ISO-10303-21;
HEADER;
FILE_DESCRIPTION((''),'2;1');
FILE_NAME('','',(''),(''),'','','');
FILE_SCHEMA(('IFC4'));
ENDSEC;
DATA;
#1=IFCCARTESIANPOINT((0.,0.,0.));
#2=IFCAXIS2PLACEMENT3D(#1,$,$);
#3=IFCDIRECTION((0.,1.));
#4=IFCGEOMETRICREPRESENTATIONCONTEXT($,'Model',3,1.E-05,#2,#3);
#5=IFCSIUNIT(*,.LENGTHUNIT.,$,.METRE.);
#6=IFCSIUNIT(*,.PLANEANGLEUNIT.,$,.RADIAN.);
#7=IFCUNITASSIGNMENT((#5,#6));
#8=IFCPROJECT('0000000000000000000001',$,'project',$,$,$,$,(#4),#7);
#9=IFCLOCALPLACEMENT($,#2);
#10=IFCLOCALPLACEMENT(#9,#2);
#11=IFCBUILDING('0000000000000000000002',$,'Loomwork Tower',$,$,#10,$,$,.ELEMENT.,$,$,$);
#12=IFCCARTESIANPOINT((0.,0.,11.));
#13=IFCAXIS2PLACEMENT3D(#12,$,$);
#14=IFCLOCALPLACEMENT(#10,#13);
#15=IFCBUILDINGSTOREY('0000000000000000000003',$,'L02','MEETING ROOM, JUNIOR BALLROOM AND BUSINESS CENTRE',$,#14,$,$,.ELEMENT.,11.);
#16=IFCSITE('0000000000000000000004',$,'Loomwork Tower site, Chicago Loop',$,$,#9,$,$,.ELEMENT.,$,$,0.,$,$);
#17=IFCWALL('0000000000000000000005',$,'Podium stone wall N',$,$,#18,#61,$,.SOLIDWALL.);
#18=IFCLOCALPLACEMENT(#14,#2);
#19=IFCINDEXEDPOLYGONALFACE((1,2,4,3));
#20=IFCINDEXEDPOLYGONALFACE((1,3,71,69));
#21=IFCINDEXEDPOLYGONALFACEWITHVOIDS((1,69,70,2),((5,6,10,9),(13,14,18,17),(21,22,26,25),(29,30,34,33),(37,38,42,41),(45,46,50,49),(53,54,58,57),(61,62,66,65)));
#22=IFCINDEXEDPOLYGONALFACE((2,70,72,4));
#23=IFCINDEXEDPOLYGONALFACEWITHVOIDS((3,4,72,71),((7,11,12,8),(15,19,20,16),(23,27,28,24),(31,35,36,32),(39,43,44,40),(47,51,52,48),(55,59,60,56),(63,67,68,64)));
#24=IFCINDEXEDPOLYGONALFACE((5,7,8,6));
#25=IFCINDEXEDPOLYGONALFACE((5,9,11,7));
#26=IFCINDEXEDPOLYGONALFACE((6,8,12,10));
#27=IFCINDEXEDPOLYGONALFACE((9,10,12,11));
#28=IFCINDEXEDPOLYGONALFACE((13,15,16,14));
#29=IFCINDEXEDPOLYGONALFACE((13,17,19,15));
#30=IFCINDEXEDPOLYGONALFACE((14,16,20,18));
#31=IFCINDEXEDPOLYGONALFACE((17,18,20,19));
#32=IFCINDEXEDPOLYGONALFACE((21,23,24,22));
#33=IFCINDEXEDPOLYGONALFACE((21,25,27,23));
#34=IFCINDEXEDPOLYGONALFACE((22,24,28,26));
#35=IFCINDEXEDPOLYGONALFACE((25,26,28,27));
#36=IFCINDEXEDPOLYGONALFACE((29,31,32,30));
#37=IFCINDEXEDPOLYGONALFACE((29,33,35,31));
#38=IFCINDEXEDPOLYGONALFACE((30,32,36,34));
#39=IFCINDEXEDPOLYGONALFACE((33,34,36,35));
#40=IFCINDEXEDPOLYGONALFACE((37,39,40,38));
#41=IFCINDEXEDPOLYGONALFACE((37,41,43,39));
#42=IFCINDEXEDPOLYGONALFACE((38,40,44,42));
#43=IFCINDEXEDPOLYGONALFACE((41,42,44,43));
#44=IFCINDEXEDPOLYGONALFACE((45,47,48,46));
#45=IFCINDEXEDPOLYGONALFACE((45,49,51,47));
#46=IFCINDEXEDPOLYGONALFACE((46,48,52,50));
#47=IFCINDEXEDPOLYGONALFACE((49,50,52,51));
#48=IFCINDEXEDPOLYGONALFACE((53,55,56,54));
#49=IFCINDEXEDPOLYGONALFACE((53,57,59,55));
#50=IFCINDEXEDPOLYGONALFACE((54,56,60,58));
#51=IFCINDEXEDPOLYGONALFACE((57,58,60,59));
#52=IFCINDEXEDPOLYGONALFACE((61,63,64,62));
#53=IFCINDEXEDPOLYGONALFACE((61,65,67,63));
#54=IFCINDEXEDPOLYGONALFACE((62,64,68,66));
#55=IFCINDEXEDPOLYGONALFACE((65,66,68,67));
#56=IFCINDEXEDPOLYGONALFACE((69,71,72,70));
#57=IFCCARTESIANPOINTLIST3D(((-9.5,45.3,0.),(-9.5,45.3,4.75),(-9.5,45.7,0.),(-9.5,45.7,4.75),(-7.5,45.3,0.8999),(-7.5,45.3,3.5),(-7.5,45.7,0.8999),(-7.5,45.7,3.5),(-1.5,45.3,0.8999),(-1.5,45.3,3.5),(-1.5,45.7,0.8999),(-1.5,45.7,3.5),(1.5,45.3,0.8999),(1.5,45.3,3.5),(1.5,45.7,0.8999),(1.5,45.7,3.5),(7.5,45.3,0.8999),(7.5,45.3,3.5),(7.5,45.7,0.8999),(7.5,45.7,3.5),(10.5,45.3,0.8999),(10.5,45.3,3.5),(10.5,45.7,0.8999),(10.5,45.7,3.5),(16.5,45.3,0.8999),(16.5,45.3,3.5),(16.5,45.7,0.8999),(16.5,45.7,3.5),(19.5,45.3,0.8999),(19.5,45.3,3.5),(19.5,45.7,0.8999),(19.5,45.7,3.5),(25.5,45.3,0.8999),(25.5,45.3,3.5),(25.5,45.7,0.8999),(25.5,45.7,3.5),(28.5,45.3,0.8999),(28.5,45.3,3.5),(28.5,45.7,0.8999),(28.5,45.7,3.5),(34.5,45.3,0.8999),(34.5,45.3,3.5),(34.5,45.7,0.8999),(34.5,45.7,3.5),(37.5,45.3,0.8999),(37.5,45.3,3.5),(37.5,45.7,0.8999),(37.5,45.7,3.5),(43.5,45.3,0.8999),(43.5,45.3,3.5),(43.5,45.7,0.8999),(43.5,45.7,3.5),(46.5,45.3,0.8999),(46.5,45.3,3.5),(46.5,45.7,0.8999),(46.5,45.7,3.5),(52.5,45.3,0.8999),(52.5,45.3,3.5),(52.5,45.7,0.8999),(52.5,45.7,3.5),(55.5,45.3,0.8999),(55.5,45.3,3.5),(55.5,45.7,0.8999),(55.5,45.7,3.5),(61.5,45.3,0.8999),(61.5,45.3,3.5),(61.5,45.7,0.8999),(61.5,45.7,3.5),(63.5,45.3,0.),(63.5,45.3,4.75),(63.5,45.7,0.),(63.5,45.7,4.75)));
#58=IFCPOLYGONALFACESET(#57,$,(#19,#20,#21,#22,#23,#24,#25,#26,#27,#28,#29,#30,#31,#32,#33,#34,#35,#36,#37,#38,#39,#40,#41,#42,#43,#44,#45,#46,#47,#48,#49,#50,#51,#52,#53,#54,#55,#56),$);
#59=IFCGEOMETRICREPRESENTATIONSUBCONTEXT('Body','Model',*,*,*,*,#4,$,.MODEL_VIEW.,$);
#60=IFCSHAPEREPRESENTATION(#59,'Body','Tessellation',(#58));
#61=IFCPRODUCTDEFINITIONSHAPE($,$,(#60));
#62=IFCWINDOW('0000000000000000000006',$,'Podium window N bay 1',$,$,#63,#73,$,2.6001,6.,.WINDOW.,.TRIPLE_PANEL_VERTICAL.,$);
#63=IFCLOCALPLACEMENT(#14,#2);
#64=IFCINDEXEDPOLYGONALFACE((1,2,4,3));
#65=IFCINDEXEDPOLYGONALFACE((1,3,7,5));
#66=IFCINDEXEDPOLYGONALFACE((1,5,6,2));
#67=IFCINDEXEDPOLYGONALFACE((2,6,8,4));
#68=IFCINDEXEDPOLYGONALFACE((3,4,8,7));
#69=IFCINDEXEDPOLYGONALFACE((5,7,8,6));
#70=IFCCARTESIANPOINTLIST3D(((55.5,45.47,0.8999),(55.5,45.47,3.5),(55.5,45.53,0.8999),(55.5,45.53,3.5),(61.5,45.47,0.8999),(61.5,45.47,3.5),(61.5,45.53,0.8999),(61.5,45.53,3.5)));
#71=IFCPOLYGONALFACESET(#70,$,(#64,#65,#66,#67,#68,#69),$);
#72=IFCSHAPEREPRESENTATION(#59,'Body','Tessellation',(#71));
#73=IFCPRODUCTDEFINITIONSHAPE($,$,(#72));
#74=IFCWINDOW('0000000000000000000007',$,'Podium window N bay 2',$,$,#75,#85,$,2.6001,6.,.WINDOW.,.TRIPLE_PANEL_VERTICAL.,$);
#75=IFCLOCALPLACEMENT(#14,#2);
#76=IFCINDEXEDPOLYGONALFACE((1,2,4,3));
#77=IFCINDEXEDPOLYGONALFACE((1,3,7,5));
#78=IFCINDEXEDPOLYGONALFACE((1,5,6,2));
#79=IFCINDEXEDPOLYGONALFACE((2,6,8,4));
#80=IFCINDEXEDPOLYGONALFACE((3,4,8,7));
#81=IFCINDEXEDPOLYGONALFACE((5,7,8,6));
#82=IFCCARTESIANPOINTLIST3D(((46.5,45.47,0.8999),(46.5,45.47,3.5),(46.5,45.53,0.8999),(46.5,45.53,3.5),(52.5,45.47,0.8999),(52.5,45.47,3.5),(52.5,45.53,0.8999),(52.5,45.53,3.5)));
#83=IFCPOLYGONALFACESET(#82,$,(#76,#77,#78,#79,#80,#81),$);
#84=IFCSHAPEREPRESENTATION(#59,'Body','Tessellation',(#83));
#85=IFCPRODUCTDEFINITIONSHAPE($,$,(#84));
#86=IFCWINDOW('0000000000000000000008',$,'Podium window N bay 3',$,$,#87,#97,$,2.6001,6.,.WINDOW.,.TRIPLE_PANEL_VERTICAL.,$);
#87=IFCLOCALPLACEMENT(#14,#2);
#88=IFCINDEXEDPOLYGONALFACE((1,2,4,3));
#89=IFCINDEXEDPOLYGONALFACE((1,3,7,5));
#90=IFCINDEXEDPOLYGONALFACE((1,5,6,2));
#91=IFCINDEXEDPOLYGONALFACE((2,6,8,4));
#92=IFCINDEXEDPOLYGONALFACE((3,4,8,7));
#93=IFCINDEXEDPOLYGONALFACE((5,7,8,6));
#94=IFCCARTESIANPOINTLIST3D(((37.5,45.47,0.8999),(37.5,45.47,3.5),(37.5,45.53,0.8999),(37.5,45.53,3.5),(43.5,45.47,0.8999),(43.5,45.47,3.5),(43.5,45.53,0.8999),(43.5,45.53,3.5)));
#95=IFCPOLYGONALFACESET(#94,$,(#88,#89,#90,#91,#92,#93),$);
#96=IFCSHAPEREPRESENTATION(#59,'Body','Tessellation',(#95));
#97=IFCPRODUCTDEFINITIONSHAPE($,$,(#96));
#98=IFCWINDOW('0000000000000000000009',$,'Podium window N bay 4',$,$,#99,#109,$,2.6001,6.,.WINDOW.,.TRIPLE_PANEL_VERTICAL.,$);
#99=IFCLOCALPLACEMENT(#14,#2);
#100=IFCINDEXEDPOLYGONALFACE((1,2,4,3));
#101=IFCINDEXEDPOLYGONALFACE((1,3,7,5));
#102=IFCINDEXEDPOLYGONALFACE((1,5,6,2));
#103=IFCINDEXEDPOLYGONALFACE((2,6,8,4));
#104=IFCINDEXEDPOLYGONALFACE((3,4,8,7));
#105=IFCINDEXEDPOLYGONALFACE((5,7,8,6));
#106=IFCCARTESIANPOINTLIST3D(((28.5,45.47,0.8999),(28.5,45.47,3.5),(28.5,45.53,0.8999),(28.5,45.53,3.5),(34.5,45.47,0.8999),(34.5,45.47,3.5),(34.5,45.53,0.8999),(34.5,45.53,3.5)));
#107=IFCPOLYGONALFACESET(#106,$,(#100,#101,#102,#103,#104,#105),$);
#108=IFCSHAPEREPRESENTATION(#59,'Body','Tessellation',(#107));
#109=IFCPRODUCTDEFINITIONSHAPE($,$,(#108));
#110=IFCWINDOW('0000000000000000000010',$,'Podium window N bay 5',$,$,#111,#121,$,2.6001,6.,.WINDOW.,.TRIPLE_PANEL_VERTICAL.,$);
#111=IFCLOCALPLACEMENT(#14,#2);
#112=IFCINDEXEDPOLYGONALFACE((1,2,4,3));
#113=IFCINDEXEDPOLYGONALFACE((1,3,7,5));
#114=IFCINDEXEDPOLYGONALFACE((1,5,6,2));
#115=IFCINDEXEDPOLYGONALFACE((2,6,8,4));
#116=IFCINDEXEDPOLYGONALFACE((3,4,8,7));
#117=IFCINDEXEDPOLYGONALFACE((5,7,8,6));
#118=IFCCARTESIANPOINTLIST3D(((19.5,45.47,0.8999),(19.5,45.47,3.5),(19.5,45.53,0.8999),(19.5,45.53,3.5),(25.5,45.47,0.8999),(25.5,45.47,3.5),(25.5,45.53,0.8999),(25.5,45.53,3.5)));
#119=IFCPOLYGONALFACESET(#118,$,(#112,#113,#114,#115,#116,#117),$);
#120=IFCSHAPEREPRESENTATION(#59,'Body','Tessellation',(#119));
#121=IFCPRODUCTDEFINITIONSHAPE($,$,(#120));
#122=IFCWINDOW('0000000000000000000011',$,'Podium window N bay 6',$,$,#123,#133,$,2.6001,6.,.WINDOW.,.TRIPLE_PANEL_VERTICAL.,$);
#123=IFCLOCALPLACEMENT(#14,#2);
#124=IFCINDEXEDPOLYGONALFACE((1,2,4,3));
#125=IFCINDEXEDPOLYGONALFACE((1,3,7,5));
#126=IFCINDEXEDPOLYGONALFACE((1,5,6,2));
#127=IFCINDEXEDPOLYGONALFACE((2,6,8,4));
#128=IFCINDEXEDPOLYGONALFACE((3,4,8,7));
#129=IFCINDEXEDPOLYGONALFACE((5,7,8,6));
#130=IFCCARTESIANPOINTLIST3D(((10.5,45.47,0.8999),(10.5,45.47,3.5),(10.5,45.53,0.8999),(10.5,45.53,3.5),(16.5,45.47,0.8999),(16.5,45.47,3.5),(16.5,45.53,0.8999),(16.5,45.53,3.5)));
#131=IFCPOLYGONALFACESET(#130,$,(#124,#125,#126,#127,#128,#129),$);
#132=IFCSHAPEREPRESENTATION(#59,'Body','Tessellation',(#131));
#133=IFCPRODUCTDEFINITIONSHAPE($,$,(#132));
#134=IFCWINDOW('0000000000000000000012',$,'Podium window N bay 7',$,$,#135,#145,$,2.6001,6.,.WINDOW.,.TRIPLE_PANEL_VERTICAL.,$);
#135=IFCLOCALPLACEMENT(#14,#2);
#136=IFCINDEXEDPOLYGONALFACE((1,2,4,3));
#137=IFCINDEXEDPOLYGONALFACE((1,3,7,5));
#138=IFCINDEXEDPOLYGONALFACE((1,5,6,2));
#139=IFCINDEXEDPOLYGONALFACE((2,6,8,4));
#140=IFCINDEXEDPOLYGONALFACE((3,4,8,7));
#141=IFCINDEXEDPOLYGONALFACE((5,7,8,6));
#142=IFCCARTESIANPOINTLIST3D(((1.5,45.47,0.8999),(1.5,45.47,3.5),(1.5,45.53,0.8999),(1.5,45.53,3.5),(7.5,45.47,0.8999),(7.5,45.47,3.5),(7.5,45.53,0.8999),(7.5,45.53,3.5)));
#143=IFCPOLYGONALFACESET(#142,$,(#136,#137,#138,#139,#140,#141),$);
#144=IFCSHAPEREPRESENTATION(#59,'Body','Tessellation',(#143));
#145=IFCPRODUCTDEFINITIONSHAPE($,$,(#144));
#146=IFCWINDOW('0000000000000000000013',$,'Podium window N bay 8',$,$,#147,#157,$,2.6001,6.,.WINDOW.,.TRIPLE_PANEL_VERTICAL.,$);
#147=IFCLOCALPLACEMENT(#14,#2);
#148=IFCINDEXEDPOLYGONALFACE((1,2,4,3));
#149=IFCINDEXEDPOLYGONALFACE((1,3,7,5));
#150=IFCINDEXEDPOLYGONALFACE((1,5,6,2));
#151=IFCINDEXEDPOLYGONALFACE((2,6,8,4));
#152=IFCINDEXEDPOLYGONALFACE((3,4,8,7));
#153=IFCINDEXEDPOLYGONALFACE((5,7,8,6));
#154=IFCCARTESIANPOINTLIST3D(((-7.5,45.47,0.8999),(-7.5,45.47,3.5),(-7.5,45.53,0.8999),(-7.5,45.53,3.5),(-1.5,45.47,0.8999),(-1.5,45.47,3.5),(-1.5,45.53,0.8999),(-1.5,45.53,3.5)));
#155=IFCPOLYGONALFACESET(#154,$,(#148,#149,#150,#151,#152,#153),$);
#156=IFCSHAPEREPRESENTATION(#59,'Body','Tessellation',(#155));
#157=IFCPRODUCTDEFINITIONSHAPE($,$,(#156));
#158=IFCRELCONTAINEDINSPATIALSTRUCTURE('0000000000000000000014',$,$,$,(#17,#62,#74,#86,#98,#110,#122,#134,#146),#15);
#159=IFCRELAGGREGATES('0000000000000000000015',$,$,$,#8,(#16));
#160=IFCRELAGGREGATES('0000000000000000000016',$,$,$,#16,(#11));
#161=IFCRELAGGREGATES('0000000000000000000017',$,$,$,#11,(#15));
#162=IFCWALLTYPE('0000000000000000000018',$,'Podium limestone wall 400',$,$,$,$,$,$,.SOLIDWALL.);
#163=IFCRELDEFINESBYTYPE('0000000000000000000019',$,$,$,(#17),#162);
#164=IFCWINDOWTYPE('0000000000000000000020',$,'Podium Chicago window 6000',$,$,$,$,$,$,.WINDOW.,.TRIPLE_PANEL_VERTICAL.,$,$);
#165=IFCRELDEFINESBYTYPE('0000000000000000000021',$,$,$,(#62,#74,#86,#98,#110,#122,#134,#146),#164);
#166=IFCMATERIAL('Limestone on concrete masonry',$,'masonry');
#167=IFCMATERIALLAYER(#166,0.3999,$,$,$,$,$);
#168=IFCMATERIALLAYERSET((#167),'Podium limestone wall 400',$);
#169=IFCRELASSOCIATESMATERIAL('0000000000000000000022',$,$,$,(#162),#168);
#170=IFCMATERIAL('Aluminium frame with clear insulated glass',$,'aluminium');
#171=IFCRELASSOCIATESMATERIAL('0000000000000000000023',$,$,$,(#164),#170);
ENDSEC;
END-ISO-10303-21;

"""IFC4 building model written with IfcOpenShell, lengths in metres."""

from ifc_helpers import new_model, si_unit, direction, frame, frame_2d, origin, place, context, subcontext, project, spatial, rectangle, extrude, material, layer, layer_set, type_object, element, fill, save


model = new_model("IFC4")

# Units and contexts
model_context = context("Model", 3, precision=1e-05, world=origin(), true_north=direction((0.0, 1.0)))
body_context = subcontext(model_context, "Body", "Model", "MODEL_VIEW")
ifc_project = project(units=[si_unit("LENGTHUNIT", "METRE"), si_unit("PLANEANGLEUNIT", "RADIAN")], contexts=[model_context])

# Site, building, storey
site_placement = place(None, origin())
site = spatial("IfcSite", under=ifc_project, at=site_placement, Name="Loomwork Tower site, Chicago Loop", CompositionType="ELEMENT", RefElevation=0.0)
building_placement = place(site_placement, origin())
building = spatial("IfcBuilding", under=site, at=building_placement, Name="Loomwork Tower", CompositionType="ELEMENT")
storey_placement = place(building_placement, frame((0.0, 0.0, 11.0)))
storey = spatial("IfcBuildingStorey", under=building, at=storey_placement, Name="L02", Description="MEETING ROOM, JUNIOR BALLROOM AND BUSINESS CENTRE", CompositionType="ELEMENT", Elevation=11.0)

# Wall, openings, windows
ifc_material_1 = material(Name="Limestone on concrete masonry", Category="masonry")
ifc_layer_1 = layer(ifc_material_1, 0.3999)
ifc_layer_set_1 = layer_set([ifc_layer_1], Name="Podium limestone wall 400")
wall_type_1 = type_object("IfcWallType", Name="Podium limestone wall 400", PredefinedType="SOLIDWALL", material=ifc_layer_set_1)
wall_1_placement = place(storey_placement, frame((63.5, 45.5, 0.0), z_axis=(0.0, 0.0, 1.0), x_axis=(-1.0, 0.0, 0.0)))
wall_1 = element("IfcWall", 1, at=wall_1_placement, inside=storey, type_object=wall_type_1, Name="Podium stone wall N", PredefinedType="SOLIDWALL", context=body_context, shape_type="SweptSolid", body=[
    extrude(rectangle(XDim=73.0, YDim=0.3999, at=frame_2d((36.5, 0.0))), origin(), (0.0, 0.0, 1.0), 4.75),
])
opening_1_placement = place(wall_1_placement, frame((2.0, 0.0, 0.8999)))
opening_1 = element("IfcOpeningElement", 2, at=opening_1_placement, cuts=wall_1, PredefinedType="OPENING", context=body_context, shape_type="SweptSolid", body=[
    extrude(rectangle(XDim=6.0, YDim=2.6001, at=frame_2d((3.0, 1.3))), frame((0.0, 0.21, 0.0), z_axis=(0.0, -1.0, 0.0), x_axis=(1.0, 0.0, 0.0)), (0.0, 0.0, 1.0), 0.4199),
])
opening_2_placement = place(wall_1_placement, frame((11.0, 0.0, 0.8999)))
opening_2 = element("IfcOpeningElement", 3, at=opening_2_placement, cuts=wall_1, PredefinedType="OPENING", context=body_context, shape_type="SweptSolid", body=[
    extrude(rectangle(XDim=6.0, YDim=2.6001, at=frame_2d((3.0, 1.3))), frame((0.0, 0.21, 0.0), z_axis=(0.0, -1.0, 0.0), x_axis=(1.0, 0.0, 0.0)), (0.0, 0.0, 1.0), 0.4199),
])
opening_3_placement = place(wall_1_placement, frame((20.0, 0.0, 0.8999)))
opening_3 = element("IfcOpeningElement", 4, at=opening_3_placement, cuts=wall_1, PredefinedType="OPENING", context=body_context, shape_type="SweptSolid", body=[
    extrude(rectangle(XDim=6.0, YDim=2.6001, at=frame_2d((3.0, 1.3))), frame((0.0, 0.21, 0.0), z_axis=(0.0, -1.0, 0.0), x_axis=(1.0, 0.0, 0.0)), (0.0, 0.0, 1.0), 0.4199),
])
opening_4_placement = place(wall_1_placement, frame((29.0, 0.0, 0.8999)))
opening_4 = element("IfcOpeningElement", 5, at=opening_4_placement, cuts=wall_1, PredefinedType="OPENING", context=body_context, shape_type="SweptSolid", body=[
    extrude(rectangle(XDim=6.0, YDim=2.6001, at=frame_2d((3.0, 1.3))), frame((0.0, 0.21, 0.0), z_axis=(0.0, -1.0, 0.0), x_axis=(1.0, 0.0, 0.0)), (0.0, 0.0, 1.0), 0.4199),
])
opening_5_placement = place(wall_1_placement, frame((38.0, 0.0, 0.8999)))
opening_5 = element("IfcOpeningElement", 6, at=opening_5_placement, cuts=wall_1, PredefinedType="OPENING", context=body_context, shape_type="SweptSolid", body=[
    extrude(rectangle(XDim=6.0, YDim=2.6001, at=frame_2d((3.0, 1.3))), frame((0.0, 0.21, 0.0), z_axis=(0.0, -1.0, 0.0), x_axis=(1.0, 0.0, 0.0)), (0.0, 0.0, 1.0), 0.4199),
])
opening_6_placement = place(wall_1_placement, frame((47.0, 0.0, 0.8999)))
opening_6 = element("IfcOpeningElement", 7, at=opening_6_placement, cuts=wall_1, PredefinedType="OPENING", context=body_context, shape_type="SweptSolid", body=[
    extrude(rectangle(XDim=6.0, YDim=2.6001, at=frame_2d((3.0, 1.3))), frame((0.0, 0.21, 0.0), z_axis=(0.0, -1.0, 0.0), x_axis=(1.0, 0.0, 0.0)), (0.0, 0.0, 1.0), 0.4199),
])
opening_7_placement = place(wall_1_placement, frame((56.0, 0.0, 0.8999)))
opening_7 = element("IfcOpeningElement", 8, at=opening_7_placement, cuts=wall_1, PredefinedType="OPENING", context=body_context, shape_type="SweptSolid", body=[
    extrude(rectangle(XDim=6.0, YDim=2.6001, at=frame_2d((3.0, 1.3))), frame((0.0, 0.21, 0.0), z_axis=(0.0, -1.0, 0.0), x_axis=(1.0, 0.0, 0.0)), (0.0, 0.0, 1.0), 0.4199),
])
opening_8_placement = place(wall_1_placement, frame((65.0, 0.0, 0.8999)))
opening_8 = element("IfcOpeningElement", 9, at=opening_8_placement, cuts=wall_1, PredefinedType="OPENING", context=body_context, shape_type="SweptSolid", body=[
    extrude(rectangle(XDim=6.0, YDim=2.6001, at=frame_2d((3.0, 1.3))), frame((0.0, 0.21, 0.0), z_axis=(0.0, -1.0, 0.0), x_axis=(1.0, 0.0, 0.0)), (0.0, 0.0, 1.0), 0.4199),
])
ifc_material_2 = material(Name="Aluminium frame with clear insulated glass", Category="aluminium")
window_type = type_object("IfcWindowType", Name="Podium Chicago window 6000", PartitioningType="TRIPLE_PANEL_VERTICAL", PredefinedType="WINDOW", material=ifc_material_2)
window_1_placement = place(opening_1_placement, origin())
window_1 = element("IfcWindow", 10, at=window_1_placement, inside=storey, type_object=window_type, Name="Podium window N bay 1", OverallHeight=2.6001, OverallWidth=6.0, PartitioningType="TRIPLE_PANEL_VERTICAL", PredefinedType="WINDOW", context=body_context, shape_type="SweptSolid", body=[
    extrude(rectangle(XDim=6.0, YDim=2.6001, at=frame_2d((3.0, 1.3))), frame((0.0, 0.03, 0.0), z_axis=(0.0, -1.0, 0.0), x_axis=(1.0, 0.0, 0.0)), (0.0, 0.0, 1.0), 0.0601),
])
fill(opening_1, window_1)
window_2_placement = place(opening_2_placement, origin())
window_2 = element("IfcWindow", 11, at=window_2_placement, inside=storey, type_object=window_type, Name="Podium window N bay 2", OverallHeight=2.6001, OverallWidth=6.0, PartitioningType="TRIPLE_PANEL_VERTICAL", PredefinedType="WINDOW", context=body_context, shape_type="SweptSolid", body=[
    extrude(rectangle(XDim=6.0, YDim=2.6001, at=frame_2d((3.0, 1.3))), frame((0.0, 0.03, 0.0), z_axis=(0.0, -1.0, 0.0), x_axis=(1.0, 0.0, 0.0)), (0.0, 0.0, 1.0), 0.0601),
])
fill(opening_2, window_2)
window_3_placement = place(opening_3_placement, origin())
window_3 = element("IfcWindow", 12, at=window_3_placement, inside=storey, type_object=window_type, Name="Podium window N bay 3", OverallHeight=2.6001, OverallWidth=6.0, PartitioningType="TRIPLE_PANEL_VERTICAL", PredefinedType="WINDOW", context=body_context, shape_type="SweptSolid", body=[
    extrude(rectangle(XDim=6.0, YDim=2.6001, at=frame_2d((3.0, 1.3))), frame((0.0, 0.03, 0.0), z_axis=(0.0, -1.0, 0.0), x_axis=(1.0, 0.0, 0.0)), (0.0, 0.0, 1.0), 0.0601),
])
fill(opening_3, window_3)
window_4_placement = place(opening_4_placement, origin())
window_4 = element("IfcWindow", 13, at=window_4_placement, inside=storey, type_object=window_type, Name="Podium window N bay 4", OverallHeight=2.6001, OverallWidth=6.0, PartitioningType="TRIPLE_PANEL_VERTICAL", PredefinedType="WINDOW", context=body_context, shape_type="SweptSolid", body=[
    extrude(rectangle(XDim=6.0, YDim=2.6001, at=frame_2d((3.0, 1.3))), frame((0.0, 0.03, 0.0), z_axis=(0.0, -1.0, 0.0), x_axis=(1.0, 0.0, 0.0)), (0.0, 0.0, 1.0), 0.0601),
])
fill(opening_4, window_4)
window_5_placement = place(opening_5_placement, origin())
window_5 = element("IfcWindow", 14, at=window_5_placement, inside=storey, type_object=window_type, Name="Podium window N bay 5", OverallHeight=2.6001, OverallWidth=6.0, PartitioningType="TRIPLE_PANEL_VERTICAL", PredefinedType="WINDOW", context=body_context, shape_type="SweptSolid", body=[
    extrude(rectangle(XDim=6.0, YDim=2.6001, at=frame_2d((3.0, 1.3))), frame((0.0, 0.03, 0.0), z_axis=(0.0, -1.0, 0.0), x_axis=(1.0, 0.0, 0.0)), (0.0, 0.0, 1.0), 0.0601),
])
fill(opening_5, window_5)
window_6_placement = place(opening_6_placement, origin())
window_6 = element("IfcWindow", 15, at=window_6_placement, inside=storey, type_object=window_type, Name="Podium window N bay 6", OverallHeight=2.6001, OverallWidth=6.0, PartitioningType="TRIPLE_PANEL_VERTICAL", PredefinedType="WINDOW", context=body_context, shape_type="SweptSolid", body=[
    extrude(rectangle(XDim=6.0, YDim=2.6001, at=frame_2d((3.0, 1.3))), frame((0.0, 0.03, 0.0), z_axis=(0.0, -1.0, 0.0), x_axis=(1.0, 0.0, 0.0)), (0.0, 0.0, 1.0), 0.0601),
])
fill(opening_6, window_6)
window_7_placement = place(opening_7_placement, origin())
window_7 = element("IfcWindow", 16, at=window_7_placement, inside=storey, type_object=window_type, Name="Podium window N bay 7", OverallHeight=2.6001, OverallWidth=6.0, PartitioningType="TRIPLE_PANEL_VERTICAL", PredefinedType="WINDOW", context=body_context, shape_type="SweptSolid", body=[
    extrude(rectangle(XDim=6.0, YDim=2.6001, at=frame_2d((3.0, 1.3))), frame((0.0, 0.03, 0.0), z_axis=(0.0, -1.0, 0.0), x_axis=(1.0, 0.0, 0.0)), (0.0, 0.0, 1.0), 0.0601),
])
fill(opening_7, window_7)
window_8_placement = place(opening_8_placement, origin())
window_8 = element("IfcWindow", 17, at=window_8_placement, inside=storey, type_object=window_type, Name="Podium window N bay 8", OverallHeight=2.6001, OverallWidth=6.0, PartitioningType="TRIPLE_PANEL_VERTICAL", PredefinedType="WINDOW", context=body_context, shape_type="SweptSolid", body=[
    extrude(rectangle(XDim=6.0, YDim=2.6001, at=frame_2d((3.0, 1.3))), frame((0.0, 0.03, 0.0), z_axis=(0.0, -1.0, 0.0), x_axis=(1.0, 0.0, 0.0)), (0.0, 0.0, 1.0), 0.0601),
])
fill(opening_8, window_8)

save(model, "model.ifc")
